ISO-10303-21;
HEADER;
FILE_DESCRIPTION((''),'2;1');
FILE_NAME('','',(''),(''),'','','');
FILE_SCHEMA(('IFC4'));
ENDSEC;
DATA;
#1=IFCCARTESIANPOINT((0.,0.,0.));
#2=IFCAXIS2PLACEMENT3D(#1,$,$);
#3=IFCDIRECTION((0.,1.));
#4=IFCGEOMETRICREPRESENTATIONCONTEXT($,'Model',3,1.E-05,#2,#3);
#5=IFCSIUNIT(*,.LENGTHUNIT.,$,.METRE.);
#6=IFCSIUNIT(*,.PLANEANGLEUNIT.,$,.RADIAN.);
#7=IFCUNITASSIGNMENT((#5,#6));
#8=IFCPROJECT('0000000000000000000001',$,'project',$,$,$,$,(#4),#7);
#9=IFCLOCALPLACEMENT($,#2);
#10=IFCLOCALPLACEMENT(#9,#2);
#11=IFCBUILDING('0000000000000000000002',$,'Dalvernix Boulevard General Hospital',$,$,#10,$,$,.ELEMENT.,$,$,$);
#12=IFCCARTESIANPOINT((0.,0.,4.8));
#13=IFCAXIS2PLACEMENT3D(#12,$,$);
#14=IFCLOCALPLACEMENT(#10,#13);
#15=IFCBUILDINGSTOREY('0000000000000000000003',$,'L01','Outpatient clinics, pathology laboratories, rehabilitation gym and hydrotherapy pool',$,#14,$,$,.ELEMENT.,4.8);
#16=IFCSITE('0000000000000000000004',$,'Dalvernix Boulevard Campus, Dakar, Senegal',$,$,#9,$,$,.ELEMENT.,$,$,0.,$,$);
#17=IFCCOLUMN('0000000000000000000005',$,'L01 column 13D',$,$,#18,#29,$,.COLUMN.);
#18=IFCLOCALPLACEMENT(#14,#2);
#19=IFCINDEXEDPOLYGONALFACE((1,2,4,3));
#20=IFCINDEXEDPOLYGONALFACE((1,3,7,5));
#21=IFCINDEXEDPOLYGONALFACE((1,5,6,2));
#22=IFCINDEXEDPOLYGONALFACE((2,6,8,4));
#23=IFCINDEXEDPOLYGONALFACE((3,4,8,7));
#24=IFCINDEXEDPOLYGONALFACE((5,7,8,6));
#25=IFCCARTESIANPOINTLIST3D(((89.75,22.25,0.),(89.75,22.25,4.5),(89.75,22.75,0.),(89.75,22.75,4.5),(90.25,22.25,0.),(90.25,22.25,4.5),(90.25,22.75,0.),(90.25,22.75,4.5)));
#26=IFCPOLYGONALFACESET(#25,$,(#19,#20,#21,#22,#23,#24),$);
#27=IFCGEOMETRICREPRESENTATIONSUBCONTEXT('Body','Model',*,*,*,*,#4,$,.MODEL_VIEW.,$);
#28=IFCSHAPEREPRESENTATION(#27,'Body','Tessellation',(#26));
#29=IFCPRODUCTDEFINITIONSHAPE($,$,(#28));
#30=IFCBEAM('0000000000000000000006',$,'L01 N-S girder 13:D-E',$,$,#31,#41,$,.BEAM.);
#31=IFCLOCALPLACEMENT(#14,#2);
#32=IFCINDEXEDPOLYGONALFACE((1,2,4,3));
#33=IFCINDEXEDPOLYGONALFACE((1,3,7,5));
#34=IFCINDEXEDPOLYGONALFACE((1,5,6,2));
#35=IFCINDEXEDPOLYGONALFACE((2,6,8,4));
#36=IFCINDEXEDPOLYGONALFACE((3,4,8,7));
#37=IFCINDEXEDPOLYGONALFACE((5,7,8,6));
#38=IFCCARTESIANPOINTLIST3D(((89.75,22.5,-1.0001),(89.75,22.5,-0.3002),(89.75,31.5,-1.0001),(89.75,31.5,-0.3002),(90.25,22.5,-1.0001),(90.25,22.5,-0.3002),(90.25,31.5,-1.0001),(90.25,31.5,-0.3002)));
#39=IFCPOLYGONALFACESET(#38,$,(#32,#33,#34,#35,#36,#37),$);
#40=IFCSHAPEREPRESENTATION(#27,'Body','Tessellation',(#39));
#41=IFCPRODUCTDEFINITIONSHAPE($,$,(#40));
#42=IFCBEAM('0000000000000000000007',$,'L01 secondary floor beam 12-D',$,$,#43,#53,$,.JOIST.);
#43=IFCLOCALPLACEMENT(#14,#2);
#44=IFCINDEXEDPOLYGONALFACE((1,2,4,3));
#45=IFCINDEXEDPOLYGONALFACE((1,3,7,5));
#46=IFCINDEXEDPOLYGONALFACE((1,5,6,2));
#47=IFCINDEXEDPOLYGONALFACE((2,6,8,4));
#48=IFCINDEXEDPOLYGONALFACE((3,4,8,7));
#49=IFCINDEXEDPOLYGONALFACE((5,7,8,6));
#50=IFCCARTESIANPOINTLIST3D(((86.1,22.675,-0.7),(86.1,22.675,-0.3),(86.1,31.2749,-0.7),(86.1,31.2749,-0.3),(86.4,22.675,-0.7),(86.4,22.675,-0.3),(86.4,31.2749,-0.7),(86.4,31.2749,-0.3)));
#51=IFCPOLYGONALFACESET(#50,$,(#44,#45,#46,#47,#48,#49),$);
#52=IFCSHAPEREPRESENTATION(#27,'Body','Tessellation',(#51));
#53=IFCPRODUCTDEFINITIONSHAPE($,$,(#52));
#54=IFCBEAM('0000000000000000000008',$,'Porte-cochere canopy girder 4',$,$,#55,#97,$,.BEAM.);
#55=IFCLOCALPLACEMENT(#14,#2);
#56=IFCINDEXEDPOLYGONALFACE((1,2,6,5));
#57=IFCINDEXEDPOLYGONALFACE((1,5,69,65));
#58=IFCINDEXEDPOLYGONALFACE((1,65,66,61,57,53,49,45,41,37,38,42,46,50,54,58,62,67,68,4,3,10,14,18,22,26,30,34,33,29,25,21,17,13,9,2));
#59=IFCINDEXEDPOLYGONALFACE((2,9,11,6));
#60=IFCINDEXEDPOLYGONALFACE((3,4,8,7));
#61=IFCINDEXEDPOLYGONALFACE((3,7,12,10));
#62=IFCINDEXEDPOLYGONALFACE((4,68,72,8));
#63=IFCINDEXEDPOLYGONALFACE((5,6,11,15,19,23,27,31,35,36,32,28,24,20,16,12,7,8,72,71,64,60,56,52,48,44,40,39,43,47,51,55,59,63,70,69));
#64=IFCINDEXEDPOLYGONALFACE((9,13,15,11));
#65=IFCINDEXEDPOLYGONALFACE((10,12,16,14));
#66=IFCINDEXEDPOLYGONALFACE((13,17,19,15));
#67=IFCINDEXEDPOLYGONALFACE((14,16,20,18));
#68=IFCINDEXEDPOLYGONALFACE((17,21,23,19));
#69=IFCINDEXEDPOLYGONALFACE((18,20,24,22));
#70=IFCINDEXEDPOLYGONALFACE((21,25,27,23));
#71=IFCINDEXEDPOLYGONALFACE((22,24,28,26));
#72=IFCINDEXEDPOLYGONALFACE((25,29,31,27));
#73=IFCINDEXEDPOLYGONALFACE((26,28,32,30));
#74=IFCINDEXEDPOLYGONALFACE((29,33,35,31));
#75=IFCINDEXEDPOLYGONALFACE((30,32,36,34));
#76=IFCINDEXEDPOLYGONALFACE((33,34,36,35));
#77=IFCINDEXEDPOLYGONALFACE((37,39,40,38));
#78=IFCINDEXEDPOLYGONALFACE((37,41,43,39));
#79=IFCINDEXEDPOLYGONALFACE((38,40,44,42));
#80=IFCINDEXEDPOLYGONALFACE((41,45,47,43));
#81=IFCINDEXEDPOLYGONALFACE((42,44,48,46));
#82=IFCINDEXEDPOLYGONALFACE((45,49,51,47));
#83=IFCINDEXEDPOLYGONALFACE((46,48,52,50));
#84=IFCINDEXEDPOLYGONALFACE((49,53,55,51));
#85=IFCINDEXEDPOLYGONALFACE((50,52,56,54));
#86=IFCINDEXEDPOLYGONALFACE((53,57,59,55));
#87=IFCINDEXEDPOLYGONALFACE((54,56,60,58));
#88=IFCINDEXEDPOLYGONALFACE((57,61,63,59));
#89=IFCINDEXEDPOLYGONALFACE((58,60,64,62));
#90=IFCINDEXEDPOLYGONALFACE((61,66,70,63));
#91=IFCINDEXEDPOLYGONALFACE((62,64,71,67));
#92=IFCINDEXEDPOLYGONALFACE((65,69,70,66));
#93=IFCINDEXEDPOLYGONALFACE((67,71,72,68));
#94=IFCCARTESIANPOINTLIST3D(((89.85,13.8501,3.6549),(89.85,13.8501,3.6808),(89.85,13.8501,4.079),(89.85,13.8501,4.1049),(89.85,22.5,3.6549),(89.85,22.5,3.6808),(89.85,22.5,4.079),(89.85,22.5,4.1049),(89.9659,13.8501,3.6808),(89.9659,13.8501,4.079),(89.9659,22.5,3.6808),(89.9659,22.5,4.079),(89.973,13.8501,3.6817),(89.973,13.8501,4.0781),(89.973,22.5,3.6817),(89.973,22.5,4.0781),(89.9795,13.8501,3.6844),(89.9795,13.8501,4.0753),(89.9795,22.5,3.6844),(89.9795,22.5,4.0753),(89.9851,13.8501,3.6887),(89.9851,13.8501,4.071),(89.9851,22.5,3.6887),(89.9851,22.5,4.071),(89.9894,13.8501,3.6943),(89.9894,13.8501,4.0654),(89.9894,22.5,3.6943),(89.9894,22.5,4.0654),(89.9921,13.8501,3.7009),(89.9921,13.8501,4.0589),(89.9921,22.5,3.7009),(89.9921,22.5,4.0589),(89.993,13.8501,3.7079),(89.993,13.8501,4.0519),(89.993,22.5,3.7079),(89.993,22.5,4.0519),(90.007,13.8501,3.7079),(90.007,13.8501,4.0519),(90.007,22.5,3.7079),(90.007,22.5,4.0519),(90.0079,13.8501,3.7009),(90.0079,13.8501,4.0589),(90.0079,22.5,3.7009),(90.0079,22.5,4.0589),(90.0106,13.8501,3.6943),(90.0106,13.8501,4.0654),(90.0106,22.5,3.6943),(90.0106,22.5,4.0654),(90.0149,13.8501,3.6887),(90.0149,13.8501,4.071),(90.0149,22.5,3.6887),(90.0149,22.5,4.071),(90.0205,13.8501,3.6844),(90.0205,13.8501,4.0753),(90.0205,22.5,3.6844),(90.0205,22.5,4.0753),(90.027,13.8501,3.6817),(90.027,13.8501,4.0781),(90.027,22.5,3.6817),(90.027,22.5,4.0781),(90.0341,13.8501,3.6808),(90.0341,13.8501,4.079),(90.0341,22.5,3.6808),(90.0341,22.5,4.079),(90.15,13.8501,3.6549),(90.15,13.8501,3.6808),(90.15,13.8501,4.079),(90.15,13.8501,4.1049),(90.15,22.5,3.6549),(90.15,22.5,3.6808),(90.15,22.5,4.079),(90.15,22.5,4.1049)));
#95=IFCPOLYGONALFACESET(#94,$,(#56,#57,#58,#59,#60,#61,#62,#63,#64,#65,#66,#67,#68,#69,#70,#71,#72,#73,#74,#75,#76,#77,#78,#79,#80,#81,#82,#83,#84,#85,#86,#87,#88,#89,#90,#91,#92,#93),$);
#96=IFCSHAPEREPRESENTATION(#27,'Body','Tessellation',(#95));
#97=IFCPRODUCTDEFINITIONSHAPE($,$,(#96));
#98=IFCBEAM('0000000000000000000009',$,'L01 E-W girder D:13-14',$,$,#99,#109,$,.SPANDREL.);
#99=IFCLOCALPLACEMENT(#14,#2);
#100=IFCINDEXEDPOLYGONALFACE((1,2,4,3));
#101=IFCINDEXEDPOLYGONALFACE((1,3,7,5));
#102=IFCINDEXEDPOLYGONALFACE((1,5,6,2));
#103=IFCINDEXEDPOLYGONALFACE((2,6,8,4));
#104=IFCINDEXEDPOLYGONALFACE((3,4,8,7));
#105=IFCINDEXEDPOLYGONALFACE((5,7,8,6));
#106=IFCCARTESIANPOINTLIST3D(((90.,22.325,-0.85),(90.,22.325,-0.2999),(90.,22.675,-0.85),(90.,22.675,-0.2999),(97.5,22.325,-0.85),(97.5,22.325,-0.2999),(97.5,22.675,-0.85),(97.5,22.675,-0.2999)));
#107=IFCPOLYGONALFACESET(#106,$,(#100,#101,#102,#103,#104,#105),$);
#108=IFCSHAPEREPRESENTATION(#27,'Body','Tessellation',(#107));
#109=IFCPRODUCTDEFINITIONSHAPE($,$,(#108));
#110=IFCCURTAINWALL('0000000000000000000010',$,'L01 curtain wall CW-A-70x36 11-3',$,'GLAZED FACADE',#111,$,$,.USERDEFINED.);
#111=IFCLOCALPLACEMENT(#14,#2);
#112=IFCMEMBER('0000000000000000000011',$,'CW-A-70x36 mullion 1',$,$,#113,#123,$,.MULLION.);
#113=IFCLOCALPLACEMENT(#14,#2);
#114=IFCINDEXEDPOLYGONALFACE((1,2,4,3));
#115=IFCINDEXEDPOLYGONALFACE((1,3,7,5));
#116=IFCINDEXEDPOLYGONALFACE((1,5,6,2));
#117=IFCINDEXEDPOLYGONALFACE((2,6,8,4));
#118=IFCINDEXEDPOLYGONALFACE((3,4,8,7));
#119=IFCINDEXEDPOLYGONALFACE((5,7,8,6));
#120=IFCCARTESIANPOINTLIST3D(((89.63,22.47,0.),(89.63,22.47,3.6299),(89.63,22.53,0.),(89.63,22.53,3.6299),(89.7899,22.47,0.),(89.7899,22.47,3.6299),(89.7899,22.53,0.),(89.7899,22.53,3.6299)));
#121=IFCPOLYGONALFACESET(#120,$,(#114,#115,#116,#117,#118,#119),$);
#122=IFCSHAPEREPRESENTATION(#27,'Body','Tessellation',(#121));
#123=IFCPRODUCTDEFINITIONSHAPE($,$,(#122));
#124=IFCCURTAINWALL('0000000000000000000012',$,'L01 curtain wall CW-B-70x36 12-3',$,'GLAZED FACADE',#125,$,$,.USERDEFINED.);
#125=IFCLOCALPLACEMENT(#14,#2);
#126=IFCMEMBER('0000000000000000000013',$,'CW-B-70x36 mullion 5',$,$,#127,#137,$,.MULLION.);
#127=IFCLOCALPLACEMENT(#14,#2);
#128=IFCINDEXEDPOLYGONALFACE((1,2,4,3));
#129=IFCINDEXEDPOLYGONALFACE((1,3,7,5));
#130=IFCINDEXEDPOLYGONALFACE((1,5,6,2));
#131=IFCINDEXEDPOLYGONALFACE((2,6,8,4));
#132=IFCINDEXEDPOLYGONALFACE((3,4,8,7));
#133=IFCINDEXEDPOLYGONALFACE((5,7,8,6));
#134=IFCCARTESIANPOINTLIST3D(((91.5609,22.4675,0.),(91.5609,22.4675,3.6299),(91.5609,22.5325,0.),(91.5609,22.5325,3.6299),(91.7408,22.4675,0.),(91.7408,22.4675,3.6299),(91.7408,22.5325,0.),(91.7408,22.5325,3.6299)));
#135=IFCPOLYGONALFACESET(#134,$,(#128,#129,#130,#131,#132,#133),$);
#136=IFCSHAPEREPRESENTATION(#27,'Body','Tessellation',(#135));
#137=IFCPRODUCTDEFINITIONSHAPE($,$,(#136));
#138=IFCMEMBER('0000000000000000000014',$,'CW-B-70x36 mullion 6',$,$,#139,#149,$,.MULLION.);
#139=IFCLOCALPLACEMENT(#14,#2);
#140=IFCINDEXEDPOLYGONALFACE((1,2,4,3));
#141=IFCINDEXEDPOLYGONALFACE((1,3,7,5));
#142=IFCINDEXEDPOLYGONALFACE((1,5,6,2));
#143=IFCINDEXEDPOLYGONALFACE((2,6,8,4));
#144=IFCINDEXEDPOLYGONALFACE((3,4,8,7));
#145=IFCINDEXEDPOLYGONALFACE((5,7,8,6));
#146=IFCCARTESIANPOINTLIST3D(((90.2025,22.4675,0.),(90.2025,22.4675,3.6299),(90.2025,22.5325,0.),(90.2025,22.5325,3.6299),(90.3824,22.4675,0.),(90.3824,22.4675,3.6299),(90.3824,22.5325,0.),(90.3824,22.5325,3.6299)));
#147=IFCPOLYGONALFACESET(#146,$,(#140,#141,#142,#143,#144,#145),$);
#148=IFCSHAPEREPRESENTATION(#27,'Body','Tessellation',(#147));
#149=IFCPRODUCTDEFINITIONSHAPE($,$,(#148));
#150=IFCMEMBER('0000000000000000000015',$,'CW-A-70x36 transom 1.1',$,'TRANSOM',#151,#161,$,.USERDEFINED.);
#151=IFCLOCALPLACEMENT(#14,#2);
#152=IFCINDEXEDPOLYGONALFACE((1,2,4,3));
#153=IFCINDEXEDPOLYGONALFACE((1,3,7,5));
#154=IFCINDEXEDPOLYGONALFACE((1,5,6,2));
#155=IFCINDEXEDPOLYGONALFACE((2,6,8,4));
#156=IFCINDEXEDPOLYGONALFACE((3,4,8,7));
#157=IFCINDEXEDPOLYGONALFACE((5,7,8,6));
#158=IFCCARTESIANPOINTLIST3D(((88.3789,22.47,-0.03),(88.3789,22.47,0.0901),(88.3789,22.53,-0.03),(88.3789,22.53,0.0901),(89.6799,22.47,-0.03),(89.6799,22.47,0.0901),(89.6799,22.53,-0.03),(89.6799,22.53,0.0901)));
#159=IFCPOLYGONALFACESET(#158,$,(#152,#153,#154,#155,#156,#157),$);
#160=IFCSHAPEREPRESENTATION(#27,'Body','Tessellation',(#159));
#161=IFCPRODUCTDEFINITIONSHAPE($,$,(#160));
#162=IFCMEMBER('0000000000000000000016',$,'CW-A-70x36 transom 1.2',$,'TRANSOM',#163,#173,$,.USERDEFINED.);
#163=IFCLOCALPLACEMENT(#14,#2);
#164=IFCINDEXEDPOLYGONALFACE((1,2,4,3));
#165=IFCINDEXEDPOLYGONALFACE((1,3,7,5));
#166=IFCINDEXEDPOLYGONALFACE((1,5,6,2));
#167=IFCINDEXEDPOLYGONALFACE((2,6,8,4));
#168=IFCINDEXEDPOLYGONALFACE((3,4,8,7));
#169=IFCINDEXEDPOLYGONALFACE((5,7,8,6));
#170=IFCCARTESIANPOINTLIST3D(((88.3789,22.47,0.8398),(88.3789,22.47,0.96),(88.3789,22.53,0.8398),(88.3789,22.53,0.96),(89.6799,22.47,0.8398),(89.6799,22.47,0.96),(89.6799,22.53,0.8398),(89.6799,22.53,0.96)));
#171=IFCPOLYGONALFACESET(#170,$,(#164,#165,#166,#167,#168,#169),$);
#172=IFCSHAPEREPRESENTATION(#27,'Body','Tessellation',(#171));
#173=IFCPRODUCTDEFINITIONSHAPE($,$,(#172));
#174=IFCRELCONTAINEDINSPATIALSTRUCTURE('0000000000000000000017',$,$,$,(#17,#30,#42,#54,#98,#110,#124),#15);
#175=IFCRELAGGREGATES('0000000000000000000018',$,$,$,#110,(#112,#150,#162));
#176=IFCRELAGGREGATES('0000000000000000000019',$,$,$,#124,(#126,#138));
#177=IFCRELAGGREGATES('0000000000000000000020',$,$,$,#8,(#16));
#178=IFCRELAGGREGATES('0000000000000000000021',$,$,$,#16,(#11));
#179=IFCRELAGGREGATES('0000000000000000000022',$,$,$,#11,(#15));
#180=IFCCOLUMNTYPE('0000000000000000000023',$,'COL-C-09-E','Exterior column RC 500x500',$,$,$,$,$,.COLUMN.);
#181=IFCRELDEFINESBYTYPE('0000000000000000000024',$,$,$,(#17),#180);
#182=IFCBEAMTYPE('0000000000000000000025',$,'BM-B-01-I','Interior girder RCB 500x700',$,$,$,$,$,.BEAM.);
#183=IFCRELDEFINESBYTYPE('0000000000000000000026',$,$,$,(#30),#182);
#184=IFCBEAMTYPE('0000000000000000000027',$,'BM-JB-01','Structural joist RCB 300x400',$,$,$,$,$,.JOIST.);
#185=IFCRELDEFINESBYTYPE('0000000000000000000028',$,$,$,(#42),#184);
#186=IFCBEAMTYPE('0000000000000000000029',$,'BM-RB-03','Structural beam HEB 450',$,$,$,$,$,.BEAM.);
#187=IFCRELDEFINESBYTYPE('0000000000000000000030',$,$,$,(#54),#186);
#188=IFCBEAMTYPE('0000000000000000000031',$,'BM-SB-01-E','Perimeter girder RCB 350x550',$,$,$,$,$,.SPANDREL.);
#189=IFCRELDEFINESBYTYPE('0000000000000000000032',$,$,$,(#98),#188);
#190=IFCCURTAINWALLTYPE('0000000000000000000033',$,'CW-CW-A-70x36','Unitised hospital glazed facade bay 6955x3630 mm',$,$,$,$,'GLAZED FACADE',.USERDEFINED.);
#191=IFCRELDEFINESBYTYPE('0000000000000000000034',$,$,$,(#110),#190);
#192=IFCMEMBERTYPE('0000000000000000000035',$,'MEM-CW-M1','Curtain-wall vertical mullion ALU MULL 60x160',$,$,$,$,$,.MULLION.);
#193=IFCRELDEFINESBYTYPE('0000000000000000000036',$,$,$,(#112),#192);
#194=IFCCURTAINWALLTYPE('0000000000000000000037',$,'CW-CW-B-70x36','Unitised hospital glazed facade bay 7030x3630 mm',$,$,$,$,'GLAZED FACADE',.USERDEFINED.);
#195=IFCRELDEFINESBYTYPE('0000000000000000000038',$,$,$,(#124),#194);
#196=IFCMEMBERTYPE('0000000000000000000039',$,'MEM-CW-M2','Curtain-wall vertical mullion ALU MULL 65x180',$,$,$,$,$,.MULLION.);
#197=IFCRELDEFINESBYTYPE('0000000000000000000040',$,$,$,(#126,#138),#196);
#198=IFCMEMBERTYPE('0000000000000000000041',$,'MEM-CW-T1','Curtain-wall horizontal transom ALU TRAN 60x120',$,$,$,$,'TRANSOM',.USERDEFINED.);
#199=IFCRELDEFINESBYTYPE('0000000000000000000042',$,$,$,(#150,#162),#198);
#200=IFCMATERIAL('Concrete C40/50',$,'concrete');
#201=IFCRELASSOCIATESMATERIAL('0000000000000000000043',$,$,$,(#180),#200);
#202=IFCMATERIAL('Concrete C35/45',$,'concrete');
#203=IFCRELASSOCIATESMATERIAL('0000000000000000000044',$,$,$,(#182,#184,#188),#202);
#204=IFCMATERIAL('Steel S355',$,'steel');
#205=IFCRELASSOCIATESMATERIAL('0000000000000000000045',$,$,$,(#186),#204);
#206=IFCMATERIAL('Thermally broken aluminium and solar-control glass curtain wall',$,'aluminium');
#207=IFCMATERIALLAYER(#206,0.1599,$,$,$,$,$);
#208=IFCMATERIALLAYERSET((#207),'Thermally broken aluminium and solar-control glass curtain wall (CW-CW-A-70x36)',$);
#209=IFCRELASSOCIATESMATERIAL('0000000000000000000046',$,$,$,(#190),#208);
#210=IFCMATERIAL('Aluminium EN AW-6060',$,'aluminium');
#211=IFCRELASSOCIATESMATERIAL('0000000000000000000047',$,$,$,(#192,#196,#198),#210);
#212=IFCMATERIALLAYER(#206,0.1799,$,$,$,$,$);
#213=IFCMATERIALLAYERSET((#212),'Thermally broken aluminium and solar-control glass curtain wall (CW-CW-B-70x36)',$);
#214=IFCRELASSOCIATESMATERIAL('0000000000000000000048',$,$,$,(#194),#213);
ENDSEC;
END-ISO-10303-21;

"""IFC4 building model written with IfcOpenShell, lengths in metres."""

from ifc_helpers import new_model, si_unit, direction, frame, origin, origin_2d, place, context, subcontext, project, spatial, rectangle, i_section, extrude, material, layer, layer_set, material_profile, profile_set, type_object, element, aggregate, save


model = new_model("IFC4")

# Units and contexts
model_context = context("Model", 3, precision=1e-05, world=origin(), true_north=direction((0.0, 1.0)))
body_context = subcontext(model_context, "Body", "Model", "MODEL_VIEW")
ifc_project = project(units=[si_unit("LENGTHUNIT", "METRE"), si_unit("PLANEANGLEUNIT", "RADIAN")], contexts=[model_context])

# Site, building, storey
site_placement = place(None, origin())
site = spatial("IfcSite", under=ifc_project, at=site_placement, Name="Dalvernix Boulevard Campus, Dakar, Senegal", CompositionType="ELEMENT", RefElevation=0.0)
building_placement = place(site_placement, origin())
building = spatial("IfcBuilding", under=site, at=building_placement, Name="Dalvernix Boulevard General Hospital", CompositionType="ELEMENT")
storey_placement = place(building_placement, frame((0.0, 0.0, 4.8)))
storey = spatial("IfcBuildingStorey", under=building, at=storey_placement, Name="L01", Description="Outpatient clinics, pathology laboratories, rehabilitation gym and hydrotherapy pool", CompositionType="ELEMENT", Elevation=4.8)

# Column
ifc_material_1 = material(Name="Concrete C40/50", Category="concrete")
ifc_material_profile_1 = material_profile(ifc_material_1, rectangle(XDim=0.5, YDim=0.5, at=origin_2d()), Name="RC 500x500")
ifc_profile_set_1 = profile_set([ifc_material_profile_1], Name="Concrete C40/50")
column_type = type_object("IfcColumnType", Name="COL-C-09-E", Description="Exterior column RC 500x500", PredefinedType="COLUMN", material=ifc_profile_set_1)
column_placement = place(storey_placement, frame((90.0, 22.5, 0.0), z_axis=(0.0, 0.0, 1.0), x_axis=(1.0, 0.0, 0.0)))
element("IfcColumn", 1, at=column_placement, inside=storey, type_object=column_type, Name="L01 column 13D", PredefinedType="COLUMN", context=body_context, shape_type="SweptSolid", body=[
    extrude(rectangle(XDim=0.5, YDim=0.5, at=origin_2d()), origin(), (0.0, 0.0, 1.0), 4.5),
])

# Beams
ifc_material_2 = material(Name="Concrete C35/45", Category="concrete")
ifc_material_profile_2 = material_profile(ifc_material_2, rectangle(XDim=0.5, YDim=0.7, at=origin_2d()), Name="RCB 500x700")
ifc_profile_set_2 = profile_set([ifc_material_profile_2], Name="Concrete C35/45")
beam_type_1 = type_object("IfcBeamType", Name="BM-B-01-I", Description="Interior girder RCB 500x700", PredefinedType="BEAM", material=ifc_profile_set_2)
beam_1_placement = place(storey_placement, frame((90.0, 22.5, -0.6501), z_axis=(0.0, 1.0, 0.0), x_axis=(-1.0, 0.0, 0.0)))
element("IfcBeam", 2, at=beam_1_placement, inside=storey, type_object=beam_type_1, Name="L01 N-S girder 13:D-E", PredefinedType="BEAM", context=body_context, shape_type="SweptSolid", body=[
    extrude(rectangle(XDim=0.5, YDim=0.7, at=origin_2d()), origin(), (0.0, 0.0, 1.0), 9.0),
])
ifc_material_profile_3 = material_profile(ifc_material_2, rectangle(XDim=0.3, YDim=0.3999, at=origin_2d()), Name="RCB 300x400")
ifc_profile_set_3 = profile_set([ifc_material_profile_3], Name="Concrete C35/45")
beam_type_2 = type_object("IfcBeamType", Name="BM-JB-01", Description="Structural joist RCB 300x400", PredefinedType="JOIST", material=ifc_profile_set_3)
beam_2_placement = place(storey_placement, frame((86.25, 22.675, -0.5), z_axis=(0.0, 1.0, 0.0), x_axis=(-1.0, 0.0, 0.0)))
element("IfcBeam", 3, at=beam_2_placement, inside=storey, type_object=beam_type_2, Name="L01 secondary floor beam 12-D", PredefinedType="JOIST", context=body_context, shape_type="SweptSolid", body=[
    extrude(rectangle(XDim=0.3, YDim=0.3999, at=origin_2d()), origin(), (0.0, 0.0, 1.0), 8.5999),
])
ifc_material_3 = material(Name="Steel S355", Category="steel")
ifc_material_profile_4 = material_profile(ifc_material_3, i_section(OverallWidth=0.3, OverallDepth=0.45, WebThickness=0.0139, FlangeThickness=0.0259, FilletRadius=0.0271, at=origin_2d()), Name="HEB 450")
ifc_profile_set_4 = profile_set([ifc_material_profile_4], Name="Steel S355")
beam_type_3 = type_object("IfcBeamType", Name="BM-RB-03", Description="Structural beam HEB 450", PredefinedType="BEAM", material=ifc_profile_set_4)
beam_3_placement = place(storey_placement, frame((90.0, 22.5, 3.8799), z_axis=(0.0, -1.0, 0.0), x_axis=(1.0, 0.0, 0.0)))
element("IfcBeam", 4, at=beam_3_placement, inside=storey, type_object=beam_type_3, Name="Porte-cochere canopy girder 4", PredefinedType="BEAM", context=body_context, shape_type="SweptSolid", body=[
    extrude(i_section(OverallWidth=0.3, OverallDepth=0.45, WebThickness=0.0139, FlangeThickness=0.0259, FilletRadius=0.0271, at=origin_2d()), origin(), (0.0, 0.0, 1.0), 8.6499),
])
ifc_material_profile_5 = material_profile(ifc_material_2, rectangle(XDim=0.3501, YDim=0.55, at=origin_2d()), Name="RCB 350x550")
ifc_profile_set_5 = profile_set([ifc_material_profile_5], Name="Concrete C35/45")
beam_type_4 = type_object("IfcBeamType", Name="BM-SB-01-E", Description="Perimeter girder RCB 350x550", PredefinedType="SPANDREL", material=ifc_profile_set_5)
beam_4_placement = place(storey_placement, frame((90.0, 22.5, -0.575), z_axis=(1.0, 0.0, 0.0), x_axis=(0.0, 1.0, 0.0)))
element("IfcBeam", 5, at=beam_4_placement, inside=storey, type_object=beam_type_4, Name="L01 E-W girder D:13-14", PredefinedType="SPANDREL", context=body_context, shape_type="SweptSolid", body=[
    extrude(rectangle(XDim=0.3501, YDim=0.55, at=origin_2d()), origin(), (0.0, 0.0, 1.0), 7.5),
])

# Curtain wall, member
ifc_material_4 = material(Name="Thermally broken aluminium and solar-control glass curtain wall", Category="aluminium")
ifc_layer_1 = layer(ifc_material_4, 0.1599)
ifc_layer_set_1 = layer_set([ifc_layer_1], Name="Thermally broken aluminium and solar-control glass curtain wall (CW-CW-A-70x36)")
curtain_wall_type_1 = type_object("IfcCurtainWallType", Name="CW-CW-A-70x36", Description="Unitised hospital glazed facade bay 6955x3630 mm", ElementType="GLAZED FACADE", PredefinedType="USERDEFINED", material=ifc_layer_set_1)
curtain_wall_1_placement = place(storey_placement, origin())
curtain_wall_1 = element("IfcCurtainWall", 6, at=curtain_wall_1_placement, inside=storey, type_object=curtain_wall_type_1, Name="L01 curtain wall CW-A-70x36 11-3", ObjectType="GLAZED FACADE", PredefinedType="USERDEFINED")
ifc_material_5 = material(Name="Aluminium EN AW-6060", Category="aluminium")
ifc_material_profile_6 = material_profile(ifc_material_5, rectangle(XDim=0.0601, YDim=0.1599, at=origin_2d()), Name="ALU MULL 60x160")
ifc_profile_set_6 = profile_set([ifc_material_profile_6], Name="Aluminium EN AW-6060")
member_type_1 = type_object("IfcMemberType", Name="MEM-CW-M1", Description="Curtain-wall vertical mullion ALU MULL 60x160", PredefinedType="MULLION", material=ifc_profile_set_6)
member_1_placement = place(storey_placement, frame((89.71, 22.5, 0.0), z_axis=(0.0, 0.0, 1.0), x_axis=(0.0, -1.0, 0.0)))
member_1 = element("IfcMember", 7, at=member_1_placement, type_object=member_type_1, Name="CW-A-70x36 mullion 1", PredefinedType="MULLION", context=body_context, shape_type="SweptSolid", body=[
    extrude(rectangle(XDim=0.0601, YDim=0.1599, at=origin_2d()), origin(), (0.0, 0.0, 1.0), 3.6299),
])

# Curtain wall, members
ifc_layer_2 = layer(ifc_material_4, 0.1799)
ifc_layer_set_2 = layer_set([ifc_layer_2], Name="Thermally broken aluminium and solar-control glass curtain wall (CW-CW-B-70x36)")
curtain_wall_type_2 = type_object("IfcCurtainWallType", Name="CW-CW-B-70x36", Description="Unitised hospital glazed facade bay 7030x3630 mm", ElementType="GLAZED FACADE", PredefinedType="USERDEFINED", material=ifc_layer_set_2)
curtain_wall_2_placement = place(storey_placement, origin())
curtain_wall_2 = element("IfcCurtainWall", 8, at=curtain_wall_2_placement, inside=storey, type_object=curtain_wall_type_2, Name="L01 curtain wall CW-B-70x36 12-3", ObjectType="GLAZED FACADE", PredefinedType="USERDEFINED")
ifc_material_profile_7 = material_profile(ifc_material_5, rectangle(XDim=0.0649, YDim=0.1799, at=origin_2d()), Name="ALU MULL 65x180")
ifc_profile_set_7 = profile_set([ifc_material_profile_7], Name="Aluminium EN AW-6060")
member_type_2 = type_object("IfcMemberType", Name="MEM-CW-M2", Description="Curtain-wall vertical mullion ALU MULL 65x180", PredefinedType="MULLION", material=ifc_profile_set_7)
member_2_placement = place(storey_placement, frame((91.6509, 22.5, 0.0), z_axis=(0.0, 0.0, 1.0), x_axis=(0.0, -1.0, 0.0)))
member_2 = element("IfcMember", 9, at=member_2_placement, type_object=member_type_2, Name="CW-B-70x36 mullion 5", PredefinedType="MULLION", context=body_context, shape_type="SweptSolid", body=[
    extrude(rectangle(XDim=0.0649, YDim=0.1799, at=origin_2d()), origin(), (0.0, 0.0, 1.0), 3.6299),
])
member_3_placement = place(storey_placement, frame((90.2925, 22.5, 0.0), z_axis=(0.0, 0.0, 1.0), x_axis=(0.0, -1.0, 0.0)))
member_3 = element("IfcMember", 10, at=member_3_placement, type_object=member_type_2, Name="CW-B-70x36 mullion 6", PredefinedType="MULLION", context=body_context, shape_type="SweptSolid", body=[
    extrude(rectangle(XDim=0.0649, YDim=0.1799, at=origin_2d()), origin(), (0.0, 0.0, 1.0), 3.6299),
])

# Members
ifc_material_profile_8 = material_profile(ifc_material_5, rectangle(XDim=0.0601, YDim=0.1201, at=origin_2d()), Name="ALU TRAN 60x120")
ifc_profile_set_8 = profile_set([ifc_material_profile_8], Name="Aluminium EN AW-6060")
member_type_3 = type_object("IfcMemberType", Name="MEM-CW-T1", Description="Curtain-wall horizontal transom ALU TRAN 60x120", ElementType="TRANSOM", PredefinedType="USERDEFINED", material=ifc_profile_set_8)
member_4_placement = place(storey_placement, frame((89.6799, 22.5, 0.03), z_axis=(-1.0, 0.0, 0.0), x_axis=(0.0, -1.0, 0.0)))
member_4 = element("IfcMember", 11, at=member_4_placement, type_object=member_type_3, Name="CW-A-70x36 transom 1.1", ObjectType="TRANSOM", PredefinedType="USERDEFINED", context=body_context, shape_type="SweptSolid", body=[
    extrude(rectangle(XDim=0.0601, YDim=0.1201, at=origin_2d()), origin(), (0.0, 0.0, 1.0), 1.301),
])
member_5_placement = place(storey_placement, frame((89.6799, 22.5, 0.8999), z_axis=(-1.0, 0.0, 0.0), x_axis=(0.0, -1.0, 0.0)))
member_5 = element("IfcMember", 12, at=member_5_placement, type_object=member_type_3, Name="CW-A-70x36 transom 1.2", ObjectType="TRANSOM", PredefinedType="USERDEFINED", context=body_context, shape_type="SweptSolid", body=[
    extrude(rectangle(XDim=0.0601, YDim=0.1201, at=origin_2d()), origin(), (0.0, 0.0, 1.0), 1.301),
])

aggregate(curtain_wall_1, [member_1, member_4, member_5])
aggregate(curtain_wall_2, [member_2, member_3])

save(model, "model.ifc")
